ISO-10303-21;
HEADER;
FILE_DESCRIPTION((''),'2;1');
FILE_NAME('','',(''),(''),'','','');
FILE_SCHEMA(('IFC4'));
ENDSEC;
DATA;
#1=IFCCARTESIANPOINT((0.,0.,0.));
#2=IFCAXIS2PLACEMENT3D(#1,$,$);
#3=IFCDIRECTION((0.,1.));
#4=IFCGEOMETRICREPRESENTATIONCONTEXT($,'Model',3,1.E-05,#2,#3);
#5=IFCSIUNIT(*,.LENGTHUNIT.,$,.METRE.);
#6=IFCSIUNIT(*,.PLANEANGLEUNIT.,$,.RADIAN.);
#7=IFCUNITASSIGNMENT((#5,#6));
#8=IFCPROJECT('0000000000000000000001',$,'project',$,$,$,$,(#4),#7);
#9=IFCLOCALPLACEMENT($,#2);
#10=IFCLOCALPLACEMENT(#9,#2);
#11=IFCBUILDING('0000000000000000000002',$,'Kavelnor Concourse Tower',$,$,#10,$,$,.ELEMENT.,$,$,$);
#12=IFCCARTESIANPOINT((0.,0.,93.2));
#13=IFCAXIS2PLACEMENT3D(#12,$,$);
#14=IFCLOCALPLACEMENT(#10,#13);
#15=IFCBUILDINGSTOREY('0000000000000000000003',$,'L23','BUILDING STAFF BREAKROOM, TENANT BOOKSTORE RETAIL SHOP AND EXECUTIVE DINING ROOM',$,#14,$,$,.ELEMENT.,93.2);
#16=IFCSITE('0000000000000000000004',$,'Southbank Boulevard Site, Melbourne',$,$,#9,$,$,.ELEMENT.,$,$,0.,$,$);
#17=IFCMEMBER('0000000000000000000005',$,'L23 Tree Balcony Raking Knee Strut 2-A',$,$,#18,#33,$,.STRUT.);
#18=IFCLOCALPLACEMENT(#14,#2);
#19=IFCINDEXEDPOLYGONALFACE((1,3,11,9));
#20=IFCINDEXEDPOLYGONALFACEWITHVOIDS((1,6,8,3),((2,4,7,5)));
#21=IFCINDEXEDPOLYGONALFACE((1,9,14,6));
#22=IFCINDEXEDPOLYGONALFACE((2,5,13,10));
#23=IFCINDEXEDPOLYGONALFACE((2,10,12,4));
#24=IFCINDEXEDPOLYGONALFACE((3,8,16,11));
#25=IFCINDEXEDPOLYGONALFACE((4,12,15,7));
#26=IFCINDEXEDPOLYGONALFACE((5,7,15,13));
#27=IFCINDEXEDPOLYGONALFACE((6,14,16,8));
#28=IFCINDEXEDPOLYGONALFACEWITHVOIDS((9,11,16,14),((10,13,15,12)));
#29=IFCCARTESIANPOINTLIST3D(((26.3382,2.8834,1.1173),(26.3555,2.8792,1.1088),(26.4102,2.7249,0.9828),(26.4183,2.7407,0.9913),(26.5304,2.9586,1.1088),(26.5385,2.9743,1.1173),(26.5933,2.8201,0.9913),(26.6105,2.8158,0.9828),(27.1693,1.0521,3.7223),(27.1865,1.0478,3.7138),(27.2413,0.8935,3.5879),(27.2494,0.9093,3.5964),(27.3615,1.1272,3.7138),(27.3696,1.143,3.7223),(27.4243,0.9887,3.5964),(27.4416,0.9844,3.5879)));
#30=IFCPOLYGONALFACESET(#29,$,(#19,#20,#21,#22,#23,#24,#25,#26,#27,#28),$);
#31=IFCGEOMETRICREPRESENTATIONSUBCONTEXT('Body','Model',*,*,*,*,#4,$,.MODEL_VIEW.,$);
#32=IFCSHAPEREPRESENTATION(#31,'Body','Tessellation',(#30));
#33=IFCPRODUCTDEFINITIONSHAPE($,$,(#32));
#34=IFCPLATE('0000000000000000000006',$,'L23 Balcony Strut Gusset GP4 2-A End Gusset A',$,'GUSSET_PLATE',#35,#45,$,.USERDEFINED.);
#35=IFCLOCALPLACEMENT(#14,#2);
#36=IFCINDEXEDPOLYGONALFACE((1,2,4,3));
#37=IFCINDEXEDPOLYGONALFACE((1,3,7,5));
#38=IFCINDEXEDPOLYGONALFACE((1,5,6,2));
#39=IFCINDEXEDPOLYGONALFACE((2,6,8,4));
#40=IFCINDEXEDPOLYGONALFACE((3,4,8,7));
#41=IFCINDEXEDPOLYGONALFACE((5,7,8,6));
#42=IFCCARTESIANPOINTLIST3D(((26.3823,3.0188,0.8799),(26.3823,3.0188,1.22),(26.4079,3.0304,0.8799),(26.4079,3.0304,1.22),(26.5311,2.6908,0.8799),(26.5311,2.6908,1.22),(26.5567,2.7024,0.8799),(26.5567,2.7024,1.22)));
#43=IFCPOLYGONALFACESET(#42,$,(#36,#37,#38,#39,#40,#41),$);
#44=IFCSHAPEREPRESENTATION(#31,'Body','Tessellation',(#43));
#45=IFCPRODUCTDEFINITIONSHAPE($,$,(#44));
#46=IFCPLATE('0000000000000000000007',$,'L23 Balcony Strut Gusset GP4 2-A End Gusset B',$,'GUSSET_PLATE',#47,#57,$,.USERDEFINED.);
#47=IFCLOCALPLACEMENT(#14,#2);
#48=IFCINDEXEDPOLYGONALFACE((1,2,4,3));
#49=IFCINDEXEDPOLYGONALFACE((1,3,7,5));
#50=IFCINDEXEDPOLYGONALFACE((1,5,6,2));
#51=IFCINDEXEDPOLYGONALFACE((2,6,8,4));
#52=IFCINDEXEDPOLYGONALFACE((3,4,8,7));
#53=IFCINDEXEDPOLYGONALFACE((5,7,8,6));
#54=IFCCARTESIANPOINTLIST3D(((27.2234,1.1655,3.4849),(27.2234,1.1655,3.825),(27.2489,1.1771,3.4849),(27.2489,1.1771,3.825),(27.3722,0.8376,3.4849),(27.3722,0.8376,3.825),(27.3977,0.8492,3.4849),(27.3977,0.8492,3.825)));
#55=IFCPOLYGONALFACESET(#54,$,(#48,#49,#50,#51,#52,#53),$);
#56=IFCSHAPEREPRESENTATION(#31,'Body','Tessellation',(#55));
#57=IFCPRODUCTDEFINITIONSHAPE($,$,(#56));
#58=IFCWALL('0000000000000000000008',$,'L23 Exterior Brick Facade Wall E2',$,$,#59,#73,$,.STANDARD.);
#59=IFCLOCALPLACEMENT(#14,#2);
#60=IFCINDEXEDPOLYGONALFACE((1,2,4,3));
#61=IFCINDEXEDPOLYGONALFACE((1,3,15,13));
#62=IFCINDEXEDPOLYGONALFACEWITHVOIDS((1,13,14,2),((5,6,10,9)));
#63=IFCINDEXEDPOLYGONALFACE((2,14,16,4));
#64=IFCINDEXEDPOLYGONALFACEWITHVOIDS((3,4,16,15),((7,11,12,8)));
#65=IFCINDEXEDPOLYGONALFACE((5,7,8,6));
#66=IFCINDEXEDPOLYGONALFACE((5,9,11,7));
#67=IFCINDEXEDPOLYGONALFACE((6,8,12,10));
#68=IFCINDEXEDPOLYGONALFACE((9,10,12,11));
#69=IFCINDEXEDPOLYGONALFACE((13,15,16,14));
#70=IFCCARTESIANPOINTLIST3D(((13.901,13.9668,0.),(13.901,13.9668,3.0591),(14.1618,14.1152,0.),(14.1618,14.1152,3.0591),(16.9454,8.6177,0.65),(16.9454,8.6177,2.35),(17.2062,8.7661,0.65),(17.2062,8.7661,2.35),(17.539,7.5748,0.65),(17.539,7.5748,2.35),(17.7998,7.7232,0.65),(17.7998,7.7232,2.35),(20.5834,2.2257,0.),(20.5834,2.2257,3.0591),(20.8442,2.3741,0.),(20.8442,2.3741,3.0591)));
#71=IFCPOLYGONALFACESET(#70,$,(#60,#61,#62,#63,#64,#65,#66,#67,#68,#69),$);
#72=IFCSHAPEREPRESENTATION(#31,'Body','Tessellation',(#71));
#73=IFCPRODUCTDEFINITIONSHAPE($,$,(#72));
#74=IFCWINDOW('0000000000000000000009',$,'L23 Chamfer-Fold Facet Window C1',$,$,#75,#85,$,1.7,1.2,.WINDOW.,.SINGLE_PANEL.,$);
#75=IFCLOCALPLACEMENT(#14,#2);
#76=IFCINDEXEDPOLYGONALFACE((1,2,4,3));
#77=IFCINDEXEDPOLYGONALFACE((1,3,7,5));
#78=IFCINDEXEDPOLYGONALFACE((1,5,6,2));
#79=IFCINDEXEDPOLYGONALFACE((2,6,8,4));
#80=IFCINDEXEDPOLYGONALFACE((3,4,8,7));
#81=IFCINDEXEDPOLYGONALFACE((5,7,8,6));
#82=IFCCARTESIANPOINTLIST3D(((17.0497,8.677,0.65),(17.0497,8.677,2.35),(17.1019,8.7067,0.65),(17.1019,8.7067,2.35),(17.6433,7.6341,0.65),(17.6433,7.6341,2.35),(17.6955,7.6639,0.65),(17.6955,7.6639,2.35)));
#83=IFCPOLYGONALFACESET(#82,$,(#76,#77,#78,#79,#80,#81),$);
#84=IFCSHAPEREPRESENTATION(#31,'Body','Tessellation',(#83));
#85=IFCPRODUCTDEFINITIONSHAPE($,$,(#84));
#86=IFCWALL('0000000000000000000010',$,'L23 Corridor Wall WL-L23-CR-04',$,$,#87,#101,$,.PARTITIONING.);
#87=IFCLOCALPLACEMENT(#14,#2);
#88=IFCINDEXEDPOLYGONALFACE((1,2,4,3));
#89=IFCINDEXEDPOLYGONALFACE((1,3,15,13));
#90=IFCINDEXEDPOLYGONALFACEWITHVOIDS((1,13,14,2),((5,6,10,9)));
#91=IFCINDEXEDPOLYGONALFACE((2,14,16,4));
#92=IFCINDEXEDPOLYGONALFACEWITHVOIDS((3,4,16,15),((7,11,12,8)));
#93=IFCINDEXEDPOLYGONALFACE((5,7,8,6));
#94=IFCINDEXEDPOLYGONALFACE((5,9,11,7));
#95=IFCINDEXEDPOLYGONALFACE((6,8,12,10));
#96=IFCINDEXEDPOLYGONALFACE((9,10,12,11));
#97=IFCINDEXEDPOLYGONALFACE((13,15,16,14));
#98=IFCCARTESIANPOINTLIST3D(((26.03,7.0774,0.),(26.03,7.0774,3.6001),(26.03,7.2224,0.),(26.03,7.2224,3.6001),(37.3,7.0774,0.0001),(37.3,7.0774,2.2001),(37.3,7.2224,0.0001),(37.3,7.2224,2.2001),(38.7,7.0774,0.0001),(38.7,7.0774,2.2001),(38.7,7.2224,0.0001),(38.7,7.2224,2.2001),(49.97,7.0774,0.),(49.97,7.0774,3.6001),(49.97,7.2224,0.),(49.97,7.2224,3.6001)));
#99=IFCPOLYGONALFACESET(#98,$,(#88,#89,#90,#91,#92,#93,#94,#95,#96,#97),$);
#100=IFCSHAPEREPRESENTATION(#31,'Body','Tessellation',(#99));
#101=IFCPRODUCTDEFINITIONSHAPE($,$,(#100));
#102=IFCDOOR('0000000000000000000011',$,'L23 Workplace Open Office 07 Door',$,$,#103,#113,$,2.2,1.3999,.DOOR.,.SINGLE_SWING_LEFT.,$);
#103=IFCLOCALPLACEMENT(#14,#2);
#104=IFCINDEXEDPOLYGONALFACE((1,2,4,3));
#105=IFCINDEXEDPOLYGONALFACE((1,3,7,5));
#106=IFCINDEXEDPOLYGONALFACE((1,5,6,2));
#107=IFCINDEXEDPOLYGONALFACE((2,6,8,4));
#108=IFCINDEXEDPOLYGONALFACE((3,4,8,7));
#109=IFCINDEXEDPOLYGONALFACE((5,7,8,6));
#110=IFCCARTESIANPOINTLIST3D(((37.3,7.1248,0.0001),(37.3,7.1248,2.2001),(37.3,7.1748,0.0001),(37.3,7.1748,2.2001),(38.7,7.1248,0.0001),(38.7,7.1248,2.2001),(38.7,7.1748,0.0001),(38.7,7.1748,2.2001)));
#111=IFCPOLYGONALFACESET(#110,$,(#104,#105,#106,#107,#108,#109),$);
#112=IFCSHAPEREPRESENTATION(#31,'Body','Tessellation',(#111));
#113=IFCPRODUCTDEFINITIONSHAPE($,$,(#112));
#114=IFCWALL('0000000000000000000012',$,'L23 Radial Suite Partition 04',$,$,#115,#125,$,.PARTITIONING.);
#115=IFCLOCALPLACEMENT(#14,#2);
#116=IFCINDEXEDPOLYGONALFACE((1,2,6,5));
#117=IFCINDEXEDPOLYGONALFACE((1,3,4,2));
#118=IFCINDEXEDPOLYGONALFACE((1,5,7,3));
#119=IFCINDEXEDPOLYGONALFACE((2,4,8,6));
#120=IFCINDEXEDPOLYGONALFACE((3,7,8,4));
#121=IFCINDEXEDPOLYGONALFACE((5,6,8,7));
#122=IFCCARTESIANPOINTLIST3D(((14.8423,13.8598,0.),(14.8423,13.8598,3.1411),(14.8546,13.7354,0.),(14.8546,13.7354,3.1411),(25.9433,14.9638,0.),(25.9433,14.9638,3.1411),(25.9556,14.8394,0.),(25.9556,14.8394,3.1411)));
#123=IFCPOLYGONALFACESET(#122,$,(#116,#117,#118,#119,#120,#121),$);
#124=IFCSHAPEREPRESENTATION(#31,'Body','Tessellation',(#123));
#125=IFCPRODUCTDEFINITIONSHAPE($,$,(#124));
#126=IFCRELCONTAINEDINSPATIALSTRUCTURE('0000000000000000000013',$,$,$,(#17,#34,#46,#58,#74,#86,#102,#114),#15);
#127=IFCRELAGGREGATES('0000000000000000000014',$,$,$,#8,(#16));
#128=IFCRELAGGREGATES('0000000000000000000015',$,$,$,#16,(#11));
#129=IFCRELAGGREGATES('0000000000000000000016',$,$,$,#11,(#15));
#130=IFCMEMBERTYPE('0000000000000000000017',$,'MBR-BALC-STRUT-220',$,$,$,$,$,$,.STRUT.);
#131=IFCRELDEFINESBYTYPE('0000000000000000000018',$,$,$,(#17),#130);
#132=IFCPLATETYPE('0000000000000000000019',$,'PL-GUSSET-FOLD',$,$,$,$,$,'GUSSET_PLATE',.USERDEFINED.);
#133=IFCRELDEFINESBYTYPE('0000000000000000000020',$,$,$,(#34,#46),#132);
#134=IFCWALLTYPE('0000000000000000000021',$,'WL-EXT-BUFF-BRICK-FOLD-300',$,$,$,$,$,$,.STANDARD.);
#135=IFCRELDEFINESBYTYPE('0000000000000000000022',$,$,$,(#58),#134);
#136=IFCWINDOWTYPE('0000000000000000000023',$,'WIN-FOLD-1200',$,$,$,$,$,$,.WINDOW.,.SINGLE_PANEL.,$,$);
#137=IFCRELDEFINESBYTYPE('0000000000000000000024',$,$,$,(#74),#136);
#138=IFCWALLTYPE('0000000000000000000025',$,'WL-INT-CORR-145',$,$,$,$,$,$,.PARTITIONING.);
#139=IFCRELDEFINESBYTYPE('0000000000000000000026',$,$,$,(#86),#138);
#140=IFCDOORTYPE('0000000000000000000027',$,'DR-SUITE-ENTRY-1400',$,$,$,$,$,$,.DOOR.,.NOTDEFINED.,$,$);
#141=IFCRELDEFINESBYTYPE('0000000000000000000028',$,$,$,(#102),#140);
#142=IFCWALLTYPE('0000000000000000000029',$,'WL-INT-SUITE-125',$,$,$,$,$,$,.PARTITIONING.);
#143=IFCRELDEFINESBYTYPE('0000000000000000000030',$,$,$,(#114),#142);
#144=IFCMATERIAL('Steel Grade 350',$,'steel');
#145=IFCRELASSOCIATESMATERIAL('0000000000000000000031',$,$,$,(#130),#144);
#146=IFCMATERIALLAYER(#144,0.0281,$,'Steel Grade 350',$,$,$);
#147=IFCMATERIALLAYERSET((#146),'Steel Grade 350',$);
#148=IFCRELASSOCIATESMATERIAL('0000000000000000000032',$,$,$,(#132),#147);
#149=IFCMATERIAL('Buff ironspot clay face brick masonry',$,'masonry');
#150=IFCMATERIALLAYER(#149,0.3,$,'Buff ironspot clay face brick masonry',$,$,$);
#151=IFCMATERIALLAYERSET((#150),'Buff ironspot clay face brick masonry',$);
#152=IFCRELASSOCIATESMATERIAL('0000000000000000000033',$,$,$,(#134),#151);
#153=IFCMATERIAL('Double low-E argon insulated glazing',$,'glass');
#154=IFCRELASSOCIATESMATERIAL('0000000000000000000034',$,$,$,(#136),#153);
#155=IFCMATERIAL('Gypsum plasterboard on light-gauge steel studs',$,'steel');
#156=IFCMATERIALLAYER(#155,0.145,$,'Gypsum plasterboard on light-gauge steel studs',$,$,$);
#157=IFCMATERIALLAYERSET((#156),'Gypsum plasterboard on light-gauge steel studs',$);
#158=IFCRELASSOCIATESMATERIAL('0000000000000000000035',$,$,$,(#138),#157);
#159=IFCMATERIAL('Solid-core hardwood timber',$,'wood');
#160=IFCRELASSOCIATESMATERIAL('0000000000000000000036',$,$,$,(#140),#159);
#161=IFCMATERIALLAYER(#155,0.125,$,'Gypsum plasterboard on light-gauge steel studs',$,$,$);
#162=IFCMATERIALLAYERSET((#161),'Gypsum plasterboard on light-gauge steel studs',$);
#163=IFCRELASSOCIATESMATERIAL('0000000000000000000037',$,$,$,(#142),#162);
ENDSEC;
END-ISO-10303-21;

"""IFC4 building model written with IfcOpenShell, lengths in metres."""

from ifc_helpers import new_model, si_unit, direction, frame, frame_2d, origin, origin_2d, place, context, subcontext, project, spatial, rectangle, hollow_rectangle, extrude, material, layer, layer_set, material_profile, profile_set, type_object, element, fill, save


model = new_model("IFC4")

# Units and contexts
model_context = context("Model", 3, precision=1e-05, world=origin(), true_north=direction((0.0, 1.0)))
body_context = subcontext(model_context, "Body", "Model", "MODEL_VIEW")
ifc_project = project(units=[si_unit("LENGTHUNIT", "METRE"), si_unit("PLANEANGLEUNIT", "RADIAN")], contexts=[model_context])

# Site, building, storey
site_placement = place(None, origin())
site = spatial("IfcSite", under=ifc_project, at=site_placement, Name="Southbank Boulevard Site, Melbourne", CompositionType="ELEMENT", RefElevation=0.0)
building_placement = place(site_placement, origin())
building = spatial("IfcBuilding", under=site, at=building_placement, Name="Kavelnor Concourse Tower", CompositionType="ELEMENT")
storey_placement = place(building_placement, frame((0.0, 0.0, 93.2)))
storey = spatial("IfcBuildingStorey", under=building, at=storey_placement, Name="L23", Description="BUILDING STAFF BREAKROOM, TENANT BOOKSTORE RETAIL SHOP AND EXECUTIVE DINING ROOM", CompositionType="ELEMENT", Elevation=93.2)

# Shared definitions
ifc_material_1 = material(Name="Steel Grade 350", Category="steel")

# Member
ifc_material_profile_1 = material_profile(ifc_material_1, hollow_rectangle(XDim=0.22, YDim=0.22, WallThickness=0.0139, at=origin_2d()), Name="SHS 220x220x14")
ifc_profile_set_1 = profile_set([ifc_material_profile_1], Name="Steel Grade 350")
member_type = type_object("IfcMemberType", Name="MBR-BALC-STRUT-220", PredefinedType="STRUT", material=ifc_profile_set_1)
member_placement = place(storey_placement, frame((26.4744, 2.8496, 1.05), z_axis=(0.252529, -0.556468, 0.791563), x_axis=(0.91062, 0.413245, 0.0)))
element("IfcMember", 1, at=member_placement, inside=storey, type_object=member_type, Name="L23 Tree Balcony Raking Knee Strut 2-A", PredefinedType="STRUT", context=body_context, shape_type="SweptSolid", body=[
    extrude(hollow_rectangle(XDim=0.22, YDim=0.22, WallThickness=0.0139, at=origin_2d()), origin(), (0.0, 0.0, 1.0), 3.291),
])

# Plates
ifc_layer_1 = layer(ifc_material_1, 0.0281, Name="Steel Grade 350")
ifc_layer_set_1 = layer_set([ifc_layer_1], Name="Steel Grade 350")
plate_type = type_object("IfcPlateType", Name="PL-GUSSET-FOLD", ElementType="GUSSET_PLATE", PredefinedType="USERDEFINED", material=ifc_layer_set_1)
for number, where, z_axis, x_axis, name in (
    (2, (26.4695, 2.8606, 0.8799), (0.0, 0.0, 1.0), (0.413263, -0.910612, 0.0), "L23 Balcony Strut Gusset GP4 2-A End Gusset A"),
    (3, (27.3105, 1.0073, 3.4849), (0.0, 0.0, 1.0), (0.413263, -0.910612, 0.0), "L23 Balcony Strut Gusset GP4 2-A End Gusset B"),
):
    element("IfcPlate", number, at=place(storey_placement, frame(where, z_axis=z_axis, x_axis=x_axis)), inside=storey, type_object=plate_type, Name=name, ObjectType="GUSSET_PLATE", PredefinedType="USERDEFINED", context=body_context, shape_type="SweptSolid", body=[
        extrude(rectangle(XDim=0.3601, YDim=0.0281, at=origin_2d()), origin(), (0.0, 0.0, 1.0), 0.3401),
    ])

# Wall, opening, window
ifc_material_2 = material(Name="Buff ironspot clay face brick masonry", Category="masonry")
ifc_layer_2 = layer(ifc_material_2, 0.3, Name="Buff ironspot clay face brick masonry")
ifc_layer_set_2 = layer_set([ifc_layer_2], Name="Buff ironspot clay face brick masonry")
wall_type_1 = type_object("IfcWallType", Name="WL-EXT-BUFF-BRICK-FOLD-300", PredefinedType="STANDARD", material=ifc_layer_set_2)
wall_1_placement = place(storey_placement, frame((20.7139, 2.2998, 0.0), z_axis=(0.0, 0.0, 1.0), x_axis=(-0.494645, 0.869095, 0.0)))
wall_1 = element("IfcWall", 4, at=wall_1_placement, inside=storey, type_object=wall_type_1, Name="L23 Exterior Brick Facade Wall E2", PredefinedType="STANDARD", context=body_context, shape_type="SweptSolid", body=[
    extrude(rectangle(XDim=13.5095, YDim=0.3, at=frame_2d((6.7549, 0.0))), origin(), (0.0, 0.0, 1.0), 3.0591),
])
opening_1_placement = place(wall_1_placement, frame((6.1548, 0.0, 0.6499)))
opening_1 = element("IfcOpeningElement", 5, at=opening_1_placement, cuts=wall_1, PredefinedType="OPENING", context=body_context, shape_type="SweptSolid", body=[
    extrude(rectangle(XDim=1.2, YDim=1.7, at=frame_2d((0.6001, 0.8501))), frame((0.0, 0.1602, 0.0), z_axis=(0.0, -1.0, 0.0), x_axis=(1.0, 0.0, 0.0)), (0.0, 0.0, 1.0), 0.3201),
])
ifc_material_3 = material(Name="Double low-E argon insulated glazing", Category="glass")
window_type = type_object("IfcWindowType", Name="WIN-FOLD-1200", PartitioningType="SINGLE_PANEL", PredefinedType="WINDOW", material=ifc_material_3)
window_placement = place(opening_1_placement, origin())
window = element("IfcWindow", 6, at=window_placement, inside=storey, type_object=window_type, Name="L23 Chamfer-Fold Facet Window C1", OverallHeight=1.7, OverallWidth=1.2, PartitioningType="SINGLE_PANEL", PredefinedType="WINDOW", context=body_context, shape_type="SweptSolid", body=[
    extrude(rectangle(XDim=1.2, YDim=1.7, at=frame_2d((0.6001, 0.8501))), frame((0.0, 0.03, 0.0), z_axis=(0.0, -1.0, 0.0), x_axis=(1.0, 0.0, 0.0)), (0.0, 0.0, 1.0), 0.0601),
])
fill(opening_1, window)

# Wall, opening, door
ifc_material_4 = material(Name="Gypsum plasterboard on light-gauge steel studs", Category="steel")
ifc_layer_3 = layer(ifc_material_4, 0.145, Name="Gypsum plasterboard on light-gauge steel studs")
ifc_layer_set_3 = layer_set([ifc_layer_3], Name="Gypsum plasterboard on light-gauge steel studs")
wall_type_2 = type_object("IfcWallType", Name="WL-INT-CORR-145", PredefinedType="PARTITIONING", material=ifc_layer_set_3)
wall_2_placement = place(storey_placement, frame((26.03, 7.1499, 0.0), z_axis=(0.0, 0.0, 1.0), x_axis=(1.0, 0.0, 0.0)))
wall_2 = element("IfcWall", 7, at=wall_2_placement, inside=storey, type_object=wall_type_2, Name="L23 Corridor Wall WL-L23-CR-04", PredefinedType="PARTITIONING", context=body_context, shape_type="SweptSolid", body=[
    extrude(rectangle(XDim=23.9399, YDim=0.145, at=frame_2d((11.97, 0.0))), origin(), (0.0, 0.0, 1.0), 3.6001),
])
opening_2_placement = place(wall_2_placement, frame((11.27, 0.0, 0.0)))
opening_2 = element("IfcOpeningElement", 8, at=opening_2_placement, cuts=wall_2, PredefinedType="OPENING", context=body_context, shape_type="SweptSolid", body=[
    extrude(rectangle(XDim=1.3999, YDim=2.2, at=frame_2d((0.7, 1.1001))), frame((0.0, 0.0825, 0.0), z_axis=(0.0, -1.0, 0.0), x_axis=(1.0, 0.0, 0.0)), (0.0, 0.0, 1.0), 0.165),
])
ifc_material_5 = material(Name="Solid-core hardwood timber", Category="wood")
door_type = type_object("IfcDoorType", Name="DR-SUITE-ENTRY-1400", OperationType="NOTDEFINED", PredefinedType="DOOR", material=ifc_material_5)
door_placement = place(opening_2_placement, origin())
door = element("IfcDoor", 9, at=door_placement, inside=storey, type_object=door_type, Name="L23 Workplace Open Office 07 Door", OperationType="SINGLE_SWING_LEFT", OverallHeight=2.2, OverallWidth=1.3999, PredefinedType="DOOR", context=body_context, shape_type="SweptSolid", body=[
    extrude(rectangle(XDim=1.3999, YDim=2.2, at=frame_2d((0.7, 1.1001))), frame((0.0, 0.0249, 0.0), z_axis=(0.0, -1.0, 0.0), x_axis=(1.0, 0.0, 0.0)), (0.0, 0.0, 1.0), 0.05),
])
fill(opening_2, door)

# Wall
ifc_layer_4 = layer(ifc_material_4, 0.125, Name="Gypsum plasterboard on light-gauge steel studs")
ifc_layer_set_4 = layer_set([ifc_layer_4], Name="Gypsum plasterboard on light-gauge steel studs")
wall_type_3 = type_object("IfcWallType", Name="WL-INT-SUITE-125", PredefinedType="PARTITIONING", material=ifc_layer_set_4)
wall_3_placement = place(storey_placement, frame((25.9495, 14.9016, 0.0), z_axis=(0.0, 0.0, 1.0), x_axis=(-0.995091, -0.098962, 0.0)))
element("IfcWall", 10, at=wall_3_placement, inside=storey, type_object=wall_type_3, Name="L23 Radial Suite Partition 04", PredefinedType="PARTITIONING", context=body_context, shape_type="SweptSolid", body=[
    extrude(rectangle(XDim=11.1558, YDim=0.125, at=frame_2d((5.5779, 0.0))), origin(), (0.0, 0.0, 1.0), 3.1411),
])

save(model, "model.ifc")
